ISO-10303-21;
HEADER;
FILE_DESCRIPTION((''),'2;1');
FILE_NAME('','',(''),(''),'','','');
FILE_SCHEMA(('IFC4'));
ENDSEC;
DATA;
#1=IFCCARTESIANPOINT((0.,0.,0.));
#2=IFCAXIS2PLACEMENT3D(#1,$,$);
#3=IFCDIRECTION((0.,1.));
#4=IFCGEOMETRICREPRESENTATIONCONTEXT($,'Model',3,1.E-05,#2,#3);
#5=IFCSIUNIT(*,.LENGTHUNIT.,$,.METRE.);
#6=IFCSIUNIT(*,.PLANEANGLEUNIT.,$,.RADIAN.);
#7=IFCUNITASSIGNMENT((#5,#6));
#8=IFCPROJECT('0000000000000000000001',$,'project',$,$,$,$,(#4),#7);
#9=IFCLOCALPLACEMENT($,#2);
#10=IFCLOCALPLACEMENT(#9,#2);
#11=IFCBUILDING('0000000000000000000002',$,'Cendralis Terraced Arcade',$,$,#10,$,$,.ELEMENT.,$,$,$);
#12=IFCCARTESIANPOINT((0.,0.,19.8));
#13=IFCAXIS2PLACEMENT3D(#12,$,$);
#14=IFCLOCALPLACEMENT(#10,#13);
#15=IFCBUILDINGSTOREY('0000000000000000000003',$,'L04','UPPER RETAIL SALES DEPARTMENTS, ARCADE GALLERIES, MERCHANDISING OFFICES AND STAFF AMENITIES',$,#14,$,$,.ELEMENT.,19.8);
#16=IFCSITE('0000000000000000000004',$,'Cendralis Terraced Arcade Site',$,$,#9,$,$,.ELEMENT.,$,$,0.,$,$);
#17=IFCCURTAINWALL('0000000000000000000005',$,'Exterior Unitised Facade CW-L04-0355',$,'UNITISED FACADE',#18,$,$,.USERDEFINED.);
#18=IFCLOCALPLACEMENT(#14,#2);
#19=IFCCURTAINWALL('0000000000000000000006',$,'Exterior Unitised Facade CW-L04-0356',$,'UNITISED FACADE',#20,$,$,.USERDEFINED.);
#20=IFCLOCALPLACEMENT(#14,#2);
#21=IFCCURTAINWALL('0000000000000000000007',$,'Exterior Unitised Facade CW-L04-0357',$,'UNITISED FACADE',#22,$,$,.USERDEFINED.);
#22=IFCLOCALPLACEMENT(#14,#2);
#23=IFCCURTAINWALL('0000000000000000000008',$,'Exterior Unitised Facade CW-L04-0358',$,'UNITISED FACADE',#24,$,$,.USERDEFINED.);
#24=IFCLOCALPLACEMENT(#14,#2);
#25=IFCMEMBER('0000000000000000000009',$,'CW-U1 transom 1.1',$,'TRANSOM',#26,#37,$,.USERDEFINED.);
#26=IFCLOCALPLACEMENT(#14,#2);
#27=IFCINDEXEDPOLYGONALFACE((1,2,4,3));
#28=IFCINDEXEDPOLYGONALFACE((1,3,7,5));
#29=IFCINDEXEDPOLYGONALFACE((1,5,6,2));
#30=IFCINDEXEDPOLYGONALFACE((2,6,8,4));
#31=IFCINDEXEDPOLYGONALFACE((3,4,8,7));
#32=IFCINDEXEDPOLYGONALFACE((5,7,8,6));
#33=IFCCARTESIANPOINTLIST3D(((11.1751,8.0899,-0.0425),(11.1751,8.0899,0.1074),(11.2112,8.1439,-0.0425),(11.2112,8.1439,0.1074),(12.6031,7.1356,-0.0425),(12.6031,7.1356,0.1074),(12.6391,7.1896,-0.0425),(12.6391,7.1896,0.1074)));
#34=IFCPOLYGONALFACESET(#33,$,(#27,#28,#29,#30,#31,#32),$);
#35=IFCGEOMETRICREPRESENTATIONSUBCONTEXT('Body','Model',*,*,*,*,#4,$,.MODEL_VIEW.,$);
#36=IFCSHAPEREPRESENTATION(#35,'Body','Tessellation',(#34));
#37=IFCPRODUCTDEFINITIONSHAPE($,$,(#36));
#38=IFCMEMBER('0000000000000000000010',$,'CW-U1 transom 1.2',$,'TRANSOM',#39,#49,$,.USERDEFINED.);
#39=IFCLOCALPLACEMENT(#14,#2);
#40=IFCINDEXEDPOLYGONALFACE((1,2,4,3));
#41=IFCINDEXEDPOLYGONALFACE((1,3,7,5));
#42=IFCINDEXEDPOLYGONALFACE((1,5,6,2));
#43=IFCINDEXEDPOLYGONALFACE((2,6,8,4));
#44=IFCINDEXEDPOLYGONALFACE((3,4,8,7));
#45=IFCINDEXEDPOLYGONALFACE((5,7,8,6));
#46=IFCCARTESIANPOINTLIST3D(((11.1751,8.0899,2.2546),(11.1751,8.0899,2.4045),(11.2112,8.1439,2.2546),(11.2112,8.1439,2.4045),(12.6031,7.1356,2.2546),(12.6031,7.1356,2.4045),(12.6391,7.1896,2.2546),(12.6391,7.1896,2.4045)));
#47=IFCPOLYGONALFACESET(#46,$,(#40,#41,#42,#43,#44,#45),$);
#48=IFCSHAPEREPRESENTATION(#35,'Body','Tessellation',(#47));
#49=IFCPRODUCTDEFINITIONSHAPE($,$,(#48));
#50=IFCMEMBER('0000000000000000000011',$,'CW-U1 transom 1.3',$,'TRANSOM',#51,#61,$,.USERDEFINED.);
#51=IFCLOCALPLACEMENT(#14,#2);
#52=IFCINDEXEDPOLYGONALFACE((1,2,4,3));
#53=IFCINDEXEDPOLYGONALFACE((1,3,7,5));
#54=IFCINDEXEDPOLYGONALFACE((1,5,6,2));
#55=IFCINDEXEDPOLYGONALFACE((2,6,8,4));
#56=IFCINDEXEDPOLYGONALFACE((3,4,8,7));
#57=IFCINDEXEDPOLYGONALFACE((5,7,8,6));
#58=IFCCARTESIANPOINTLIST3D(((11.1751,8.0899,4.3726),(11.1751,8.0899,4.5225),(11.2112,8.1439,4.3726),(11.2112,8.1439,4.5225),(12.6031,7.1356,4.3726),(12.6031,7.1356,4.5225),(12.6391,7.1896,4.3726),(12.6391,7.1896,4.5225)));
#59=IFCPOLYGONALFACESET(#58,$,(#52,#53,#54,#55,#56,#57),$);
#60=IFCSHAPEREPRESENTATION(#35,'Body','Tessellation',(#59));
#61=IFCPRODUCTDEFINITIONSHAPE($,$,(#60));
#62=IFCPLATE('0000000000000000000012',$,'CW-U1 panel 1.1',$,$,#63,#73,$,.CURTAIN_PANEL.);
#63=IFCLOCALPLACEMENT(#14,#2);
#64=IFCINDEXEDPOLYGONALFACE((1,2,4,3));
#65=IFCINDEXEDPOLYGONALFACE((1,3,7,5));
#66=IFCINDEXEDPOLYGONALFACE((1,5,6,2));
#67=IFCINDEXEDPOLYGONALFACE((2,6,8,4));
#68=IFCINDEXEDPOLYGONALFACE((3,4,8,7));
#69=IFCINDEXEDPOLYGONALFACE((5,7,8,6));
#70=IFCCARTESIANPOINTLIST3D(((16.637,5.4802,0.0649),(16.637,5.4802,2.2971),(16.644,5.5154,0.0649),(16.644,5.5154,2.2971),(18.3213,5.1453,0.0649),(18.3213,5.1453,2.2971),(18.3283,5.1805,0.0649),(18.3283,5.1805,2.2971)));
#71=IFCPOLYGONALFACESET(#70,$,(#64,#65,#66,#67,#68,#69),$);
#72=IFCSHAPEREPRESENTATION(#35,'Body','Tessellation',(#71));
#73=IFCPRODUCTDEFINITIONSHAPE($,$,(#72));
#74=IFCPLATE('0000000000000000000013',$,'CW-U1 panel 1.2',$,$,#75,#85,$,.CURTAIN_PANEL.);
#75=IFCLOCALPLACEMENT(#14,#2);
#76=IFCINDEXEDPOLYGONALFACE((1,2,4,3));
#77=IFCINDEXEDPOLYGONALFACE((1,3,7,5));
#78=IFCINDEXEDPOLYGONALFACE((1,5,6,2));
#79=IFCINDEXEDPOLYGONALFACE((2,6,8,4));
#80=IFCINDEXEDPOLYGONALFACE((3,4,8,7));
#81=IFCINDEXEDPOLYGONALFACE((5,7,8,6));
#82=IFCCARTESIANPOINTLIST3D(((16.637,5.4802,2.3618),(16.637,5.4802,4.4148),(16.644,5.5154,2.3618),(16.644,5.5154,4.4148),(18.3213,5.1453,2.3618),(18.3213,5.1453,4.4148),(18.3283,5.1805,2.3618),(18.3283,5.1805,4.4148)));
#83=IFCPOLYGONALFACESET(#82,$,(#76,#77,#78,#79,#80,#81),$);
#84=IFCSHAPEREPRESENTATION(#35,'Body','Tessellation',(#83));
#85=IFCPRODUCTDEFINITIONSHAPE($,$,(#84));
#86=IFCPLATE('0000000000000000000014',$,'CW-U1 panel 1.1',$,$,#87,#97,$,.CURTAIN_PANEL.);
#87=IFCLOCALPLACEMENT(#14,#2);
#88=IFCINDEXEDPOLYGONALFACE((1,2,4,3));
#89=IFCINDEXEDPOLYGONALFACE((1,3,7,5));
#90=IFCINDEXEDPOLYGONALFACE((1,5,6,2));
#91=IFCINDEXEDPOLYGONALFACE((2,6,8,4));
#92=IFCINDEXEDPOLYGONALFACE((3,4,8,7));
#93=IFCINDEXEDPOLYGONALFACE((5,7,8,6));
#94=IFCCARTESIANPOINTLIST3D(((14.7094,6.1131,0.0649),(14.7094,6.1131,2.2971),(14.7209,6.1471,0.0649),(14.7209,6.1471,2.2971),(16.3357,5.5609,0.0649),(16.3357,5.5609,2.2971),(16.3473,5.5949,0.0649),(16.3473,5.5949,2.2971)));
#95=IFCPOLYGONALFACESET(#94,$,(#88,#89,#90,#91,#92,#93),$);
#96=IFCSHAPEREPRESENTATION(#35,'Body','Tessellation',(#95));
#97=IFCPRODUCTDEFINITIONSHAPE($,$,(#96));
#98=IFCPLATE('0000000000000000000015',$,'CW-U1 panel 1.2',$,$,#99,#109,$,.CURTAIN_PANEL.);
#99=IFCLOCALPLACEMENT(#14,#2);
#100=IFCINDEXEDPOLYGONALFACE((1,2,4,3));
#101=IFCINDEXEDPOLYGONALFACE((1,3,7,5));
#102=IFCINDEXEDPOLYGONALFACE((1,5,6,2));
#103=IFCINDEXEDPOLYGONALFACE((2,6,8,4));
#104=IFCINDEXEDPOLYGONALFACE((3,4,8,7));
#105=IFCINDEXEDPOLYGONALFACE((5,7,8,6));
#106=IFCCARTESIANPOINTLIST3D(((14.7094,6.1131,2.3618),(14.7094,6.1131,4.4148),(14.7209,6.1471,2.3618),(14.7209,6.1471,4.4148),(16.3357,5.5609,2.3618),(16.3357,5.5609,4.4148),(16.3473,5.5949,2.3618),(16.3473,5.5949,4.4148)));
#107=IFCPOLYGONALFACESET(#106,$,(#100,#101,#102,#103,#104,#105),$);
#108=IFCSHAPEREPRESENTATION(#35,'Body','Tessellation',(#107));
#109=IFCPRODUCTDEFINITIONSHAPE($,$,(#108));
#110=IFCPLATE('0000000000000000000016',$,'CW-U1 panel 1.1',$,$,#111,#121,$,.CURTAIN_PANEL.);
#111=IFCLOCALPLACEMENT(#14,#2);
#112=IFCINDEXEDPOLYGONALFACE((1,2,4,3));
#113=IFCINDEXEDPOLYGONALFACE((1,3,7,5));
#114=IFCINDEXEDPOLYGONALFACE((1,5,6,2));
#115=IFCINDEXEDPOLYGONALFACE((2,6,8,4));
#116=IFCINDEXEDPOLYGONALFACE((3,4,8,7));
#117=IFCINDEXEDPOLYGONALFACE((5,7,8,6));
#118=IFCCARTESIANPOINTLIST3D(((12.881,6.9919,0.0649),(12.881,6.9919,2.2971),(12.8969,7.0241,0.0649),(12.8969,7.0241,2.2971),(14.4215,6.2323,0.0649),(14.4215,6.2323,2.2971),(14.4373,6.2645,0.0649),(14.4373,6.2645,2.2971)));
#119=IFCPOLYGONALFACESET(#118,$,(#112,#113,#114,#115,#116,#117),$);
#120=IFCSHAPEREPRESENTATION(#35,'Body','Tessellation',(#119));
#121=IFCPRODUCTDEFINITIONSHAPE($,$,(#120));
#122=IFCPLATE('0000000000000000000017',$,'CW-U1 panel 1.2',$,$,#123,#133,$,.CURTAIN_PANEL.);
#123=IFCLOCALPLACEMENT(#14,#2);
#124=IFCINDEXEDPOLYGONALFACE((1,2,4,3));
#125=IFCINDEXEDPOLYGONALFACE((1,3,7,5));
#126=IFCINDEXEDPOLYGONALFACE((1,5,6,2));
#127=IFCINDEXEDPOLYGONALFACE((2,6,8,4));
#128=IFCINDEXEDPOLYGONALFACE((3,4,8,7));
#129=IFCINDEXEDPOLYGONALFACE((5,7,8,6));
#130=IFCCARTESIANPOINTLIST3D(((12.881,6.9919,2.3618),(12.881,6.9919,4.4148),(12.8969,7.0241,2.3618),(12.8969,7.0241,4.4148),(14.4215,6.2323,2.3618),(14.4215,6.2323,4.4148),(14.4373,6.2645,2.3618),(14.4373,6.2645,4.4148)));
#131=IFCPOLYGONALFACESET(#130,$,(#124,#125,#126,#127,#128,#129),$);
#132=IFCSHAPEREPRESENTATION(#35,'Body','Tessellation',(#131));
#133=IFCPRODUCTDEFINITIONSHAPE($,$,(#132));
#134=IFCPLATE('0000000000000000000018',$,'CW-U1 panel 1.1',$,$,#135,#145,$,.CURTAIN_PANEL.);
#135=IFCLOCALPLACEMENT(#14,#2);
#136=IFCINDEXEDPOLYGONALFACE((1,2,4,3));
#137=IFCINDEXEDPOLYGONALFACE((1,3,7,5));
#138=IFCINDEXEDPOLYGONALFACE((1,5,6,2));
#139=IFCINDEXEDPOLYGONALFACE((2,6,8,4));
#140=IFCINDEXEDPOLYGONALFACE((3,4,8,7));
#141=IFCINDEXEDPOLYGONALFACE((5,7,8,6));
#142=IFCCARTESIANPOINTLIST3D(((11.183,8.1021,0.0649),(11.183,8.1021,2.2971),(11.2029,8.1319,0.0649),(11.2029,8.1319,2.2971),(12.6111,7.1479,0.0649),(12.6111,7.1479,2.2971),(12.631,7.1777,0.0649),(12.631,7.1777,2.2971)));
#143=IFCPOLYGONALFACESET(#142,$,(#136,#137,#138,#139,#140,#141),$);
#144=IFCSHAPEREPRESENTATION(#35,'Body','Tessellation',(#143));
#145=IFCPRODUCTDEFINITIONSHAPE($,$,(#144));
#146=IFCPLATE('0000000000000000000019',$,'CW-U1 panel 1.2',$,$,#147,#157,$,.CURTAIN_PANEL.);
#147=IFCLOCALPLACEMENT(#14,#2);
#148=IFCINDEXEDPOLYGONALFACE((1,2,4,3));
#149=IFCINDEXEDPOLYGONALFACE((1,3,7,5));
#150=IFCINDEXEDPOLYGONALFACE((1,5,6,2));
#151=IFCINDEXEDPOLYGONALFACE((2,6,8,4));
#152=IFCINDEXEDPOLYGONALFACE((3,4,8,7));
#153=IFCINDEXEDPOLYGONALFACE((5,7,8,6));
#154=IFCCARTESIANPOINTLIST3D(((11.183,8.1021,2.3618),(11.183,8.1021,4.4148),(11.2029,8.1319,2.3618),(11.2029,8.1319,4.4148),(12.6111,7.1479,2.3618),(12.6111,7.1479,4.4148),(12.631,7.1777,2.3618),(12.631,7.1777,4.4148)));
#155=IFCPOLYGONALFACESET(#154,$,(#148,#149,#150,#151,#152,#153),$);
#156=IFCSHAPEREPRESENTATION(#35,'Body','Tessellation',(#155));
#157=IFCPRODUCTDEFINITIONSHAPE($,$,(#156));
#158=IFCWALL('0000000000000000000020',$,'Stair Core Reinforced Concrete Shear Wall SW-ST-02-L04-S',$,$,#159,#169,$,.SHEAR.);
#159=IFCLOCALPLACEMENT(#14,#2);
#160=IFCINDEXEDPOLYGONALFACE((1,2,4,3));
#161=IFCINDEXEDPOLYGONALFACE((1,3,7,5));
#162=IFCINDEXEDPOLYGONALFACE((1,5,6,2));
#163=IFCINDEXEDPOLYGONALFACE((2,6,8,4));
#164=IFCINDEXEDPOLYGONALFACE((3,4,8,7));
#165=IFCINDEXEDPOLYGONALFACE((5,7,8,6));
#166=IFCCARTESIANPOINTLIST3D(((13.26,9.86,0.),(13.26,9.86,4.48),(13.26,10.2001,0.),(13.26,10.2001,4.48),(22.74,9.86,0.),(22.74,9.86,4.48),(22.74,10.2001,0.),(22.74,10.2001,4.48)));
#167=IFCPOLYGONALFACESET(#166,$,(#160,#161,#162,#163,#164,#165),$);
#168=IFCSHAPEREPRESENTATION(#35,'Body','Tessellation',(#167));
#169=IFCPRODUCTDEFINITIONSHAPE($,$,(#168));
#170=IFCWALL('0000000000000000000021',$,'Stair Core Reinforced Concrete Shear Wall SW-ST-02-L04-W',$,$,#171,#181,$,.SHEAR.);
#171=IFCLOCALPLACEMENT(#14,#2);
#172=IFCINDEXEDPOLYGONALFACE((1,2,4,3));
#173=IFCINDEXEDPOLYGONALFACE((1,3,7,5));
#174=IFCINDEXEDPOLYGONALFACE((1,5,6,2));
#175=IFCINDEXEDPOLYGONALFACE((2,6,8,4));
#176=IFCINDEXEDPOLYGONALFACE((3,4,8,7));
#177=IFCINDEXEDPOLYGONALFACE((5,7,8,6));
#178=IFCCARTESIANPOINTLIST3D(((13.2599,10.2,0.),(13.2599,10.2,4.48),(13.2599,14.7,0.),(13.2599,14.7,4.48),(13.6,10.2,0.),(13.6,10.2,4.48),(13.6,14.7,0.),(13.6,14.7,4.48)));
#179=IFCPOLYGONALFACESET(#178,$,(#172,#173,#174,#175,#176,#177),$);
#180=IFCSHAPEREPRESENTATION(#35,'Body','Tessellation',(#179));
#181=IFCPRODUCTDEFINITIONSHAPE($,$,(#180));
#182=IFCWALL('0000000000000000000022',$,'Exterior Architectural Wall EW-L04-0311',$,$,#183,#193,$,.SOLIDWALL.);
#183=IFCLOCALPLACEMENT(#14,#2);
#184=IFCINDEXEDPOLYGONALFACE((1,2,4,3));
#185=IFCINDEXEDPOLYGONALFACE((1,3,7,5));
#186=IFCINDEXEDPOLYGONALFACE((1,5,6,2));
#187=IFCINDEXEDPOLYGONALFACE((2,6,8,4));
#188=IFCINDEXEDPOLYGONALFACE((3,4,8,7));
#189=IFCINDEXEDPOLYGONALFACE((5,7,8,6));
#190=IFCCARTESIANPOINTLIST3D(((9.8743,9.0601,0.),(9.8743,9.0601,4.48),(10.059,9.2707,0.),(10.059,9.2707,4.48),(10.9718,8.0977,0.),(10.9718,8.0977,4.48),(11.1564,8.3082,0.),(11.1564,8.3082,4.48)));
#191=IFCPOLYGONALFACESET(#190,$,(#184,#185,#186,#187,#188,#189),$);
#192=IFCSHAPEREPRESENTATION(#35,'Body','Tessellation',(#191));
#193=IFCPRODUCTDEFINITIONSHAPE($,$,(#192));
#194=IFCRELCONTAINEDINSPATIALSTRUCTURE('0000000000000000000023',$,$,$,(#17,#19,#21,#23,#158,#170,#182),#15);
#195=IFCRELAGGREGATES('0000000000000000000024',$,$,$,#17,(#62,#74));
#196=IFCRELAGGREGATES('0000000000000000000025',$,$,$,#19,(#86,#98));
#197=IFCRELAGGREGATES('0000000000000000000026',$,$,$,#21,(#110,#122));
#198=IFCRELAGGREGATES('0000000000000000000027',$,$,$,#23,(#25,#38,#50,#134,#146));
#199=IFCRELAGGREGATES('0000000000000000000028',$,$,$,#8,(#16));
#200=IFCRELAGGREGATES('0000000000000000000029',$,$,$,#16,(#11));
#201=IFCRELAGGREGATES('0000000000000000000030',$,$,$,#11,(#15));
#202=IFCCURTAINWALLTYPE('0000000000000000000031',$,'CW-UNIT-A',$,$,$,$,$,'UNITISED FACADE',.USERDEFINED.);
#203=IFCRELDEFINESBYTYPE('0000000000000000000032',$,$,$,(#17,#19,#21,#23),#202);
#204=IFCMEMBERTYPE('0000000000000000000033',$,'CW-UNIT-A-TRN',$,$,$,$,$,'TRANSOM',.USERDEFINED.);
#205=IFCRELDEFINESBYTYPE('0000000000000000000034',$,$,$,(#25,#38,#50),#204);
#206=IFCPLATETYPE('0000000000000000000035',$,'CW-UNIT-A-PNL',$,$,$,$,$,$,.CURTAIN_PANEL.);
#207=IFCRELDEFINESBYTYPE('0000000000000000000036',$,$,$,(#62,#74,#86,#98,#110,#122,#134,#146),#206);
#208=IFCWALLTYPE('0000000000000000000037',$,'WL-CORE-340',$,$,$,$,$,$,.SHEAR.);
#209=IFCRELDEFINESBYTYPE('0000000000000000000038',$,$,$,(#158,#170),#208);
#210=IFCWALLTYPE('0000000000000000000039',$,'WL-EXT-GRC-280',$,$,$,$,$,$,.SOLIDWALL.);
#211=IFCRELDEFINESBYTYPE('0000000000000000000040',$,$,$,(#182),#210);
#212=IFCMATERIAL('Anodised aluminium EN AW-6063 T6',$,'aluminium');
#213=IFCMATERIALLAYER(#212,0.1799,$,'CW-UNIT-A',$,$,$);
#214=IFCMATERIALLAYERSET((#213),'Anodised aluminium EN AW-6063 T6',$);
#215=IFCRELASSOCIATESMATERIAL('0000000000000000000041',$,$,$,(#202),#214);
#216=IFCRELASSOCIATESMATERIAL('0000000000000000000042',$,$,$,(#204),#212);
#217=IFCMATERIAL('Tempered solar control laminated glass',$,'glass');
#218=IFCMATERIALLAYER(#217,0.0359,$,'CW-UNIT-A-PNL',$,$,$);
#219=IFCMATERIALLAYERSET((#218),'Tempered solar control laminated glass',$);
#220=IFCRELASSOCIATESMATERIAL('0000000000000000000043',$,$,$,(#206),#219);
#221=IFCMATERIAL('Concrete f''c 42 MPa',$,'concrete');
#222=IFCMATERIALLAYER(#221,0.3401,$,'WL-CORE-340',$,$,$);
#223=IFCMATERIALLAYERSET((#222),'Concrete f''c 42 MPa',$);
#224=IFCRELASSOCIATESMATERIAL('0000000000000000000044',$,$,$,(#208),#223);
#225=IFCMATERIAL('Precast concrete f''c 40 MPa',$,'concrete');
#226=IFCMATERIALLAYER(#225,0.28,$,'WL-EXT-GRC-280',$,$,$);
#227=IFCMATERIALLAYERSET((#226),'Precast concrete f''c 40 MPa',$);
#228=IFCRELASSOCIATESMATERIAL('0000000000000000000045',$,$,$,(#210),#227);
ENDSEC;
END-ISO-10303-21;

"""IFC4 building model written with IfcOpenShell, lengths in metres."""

from ifc_helpers import new_model, si_unit, direction, frame, frame_2d, origin, origin_2d, place, context, subcontext, project, spatial, rectangle, extrude, material, layer, layer_set, material_profile, profile_set, type_object, element, aggregate, save


model = new_model("IFC4")

# Units and contexts
model_context = context("Model", 3, precision=1e-05, world=origin(), true_north=direction((0.0, 1.0)))
body_context = subcontext(model_context, "Body", "Model", "MODEL_VIEW")
ifc_project = project(units=[si_unit("LENGTHUNIT", "METRE"), si_unit("PLANEANGLEUNIT", "RADIAN")], contexts=[model_context])

# Site, building, storey
site_placement = place(None, origin())
site = spatial("IfcSite", under=ifc_project, at=site_placement, Name="Cendralis Terraced Arcade Site", CompositionType="ELEMENT", RefElevation=0.0)
building_placement = place(site_placement, origin())
building = spatial("IfcBuilding", under=site, at=building_placement, Name="Cendralis Terraced Arcade", CompositionType="ELEMENT")
storey_placement = place(building_placement, frame((0.0, 0.0, 19.8)))
storey = spatial("IfcBuildingStorey", under=building, at=storey_placement, Name="L04", Description="UPPER RETAIL SALES DEPARTMENTS, ARCADE GALLERIES, MERCHANDISING OFFICES AND STAFF AMENITIES", CompositionType="ELEMENT", Elevation=19.8)

# Curtain wall
ifc_material_1 = material(Name="Anodised aluminium EN AW-6063 T6", Category="aluminium")
ifc_layer_1 = layer(ifc_material_1, 0.1799, Name="CW-UNIT-A")
ifc_layer_set_1 = layer_set([ifc_layer_1], Name="Anodised aluminium EN AW-6063 T6")
curtain_wall_type = type_object("IfcCurtainWallType", Name="CW-UNIT-A", ElementType="UNITISED FACADE", PredefinedType="USERDEFINED", material=ifc_layer_set_1)
curtain_wall_1_placement = place(storey_placement, origin())
curtain_wall_1 = element("IfcCurtainWall", 1, at=curtain_wall_1_placement, inside=storey, type_object=curtain_wall_type, Name="Exterior Unitised Facade CW-L04-0355", ObjectType="UNITISED FACADE", PredefinedType="USERDEFINED")

# Curtain walls
curtain_wall_2_placement = place(storey_placement, origin())
curtain_wall_2 = element("IfcCurtainWall", 2, at=curtain_wall_2_placement, inside=storey, type_object=curtain_wall_type, Name="Exterior Unitised Facade CW-L04-0356", ObjectType="UNITISED FACADE", PredefinedType="USERDEFINED")
curtain_wall_3_placement = place(storey_placement, origin())
curtain_wall_3 = element("IfcCurtainWall", 3, at=curtain_wall_3_placement, inside=storey, type_object=curtain_wall_type, Name="Exterior Unitised Facade CW-L04-0357", ObjectType="UNITISED FACADE", PredefinedType="USERDEFINED")
curtain_wall_4_placement = place(storey_placement, origin())
curtain_wall_4 = element("IfcCurtainWall", 4, at=curtain_wall_4_placement, inside=storey, type_object=curtain_wall_type, Name="Exterior Unitised Facade CW-L04-0358", ObjectType="UNITISED FACADE", PredefinedType="USERDEFINED")

# Members
ifc_material_profile_1 = material_profile(ifc_material_1, rectangle(XDim=0.0649, YDim=0.1499, at=origin_2d()), Name="ALU-TRN-65x150")
ifc_profile_set_1 = profile_set([ifc_material_profile_1], Name="Anodised aluminium EN AW-6063 T6")
member_type_1 = type_object("IfcMemberType", Name="CW-UNIT-A-TRN", ElementType="TRANSOM", PredefinedType="USERDEFINED", material=ifc_profile_set_1)
member_1_placement = place(storey_placement, frame((12.6211, 7.1626, 0.0325), z_axis=(-0.831416, 0.555651, 0.0), x_axis=(-0.555651, -0.831416, 0.0)))
member_1 = element("IfcMember", 5, at=member_1_placement, type_object=member_type_1, Name="CW-U1 transom 1.1", ObjectType="TRANSOM", PredefinedType="USERDEFINED", context=body_context, shape_type="SweptSolid", body=[
    extrude(rectangle(XDim=0.0649, YDim=0.1499, at=origin_2d()), origin(), (0.0, 0.0, 1.0), 1.7175),
])
member_2_placement = place(storey_placement, frame((12.6211, 7.1626, 2.3296), z_axis=(-0.831416, 0.555651, 0.0), x_axis=(-0.555651, -0.831416, 0.0)))
member_2 = element("IfcMember", 6, at=member_2_placement, type_object=member_type_1, Name="CW-U1 transom 1.2", ObjectType="TRANSOM", PredefinedType="USERDEFINED", context=body_context, shape_type="SweptSolid", body=[
    extrude(rectangle(XDim=0.0649, YDim=0.1499, at=origin_2d()), origin(), (0.0, 0.0, 1.0), 1.7175),
])
member_3_placement = place(storey_placement, frame((12.6211, 7.1626, 4.4475), z_axis=(-0.831416, 0.555651, 0.0), x_axis=(-0.555651, -0.831416, 0.0)))
member_3 = element("IfcMember", 7, at=member_3_placement, type_object=member_type_1, Name="CW-U1 transom 1.3", ObjectType="TRANSOM", PredefinedType="USERDEFINED", context=body_context, shape_type="SweptSolid", body=[
    extrude(rectangle(XDim=0.0649, YDim=0.1499, at=origin_2d()), origin(), (0.0, 0.0, 1.0), 1.7175),
])

# Plates
ifc_material_2 = material(Name="Tempered solar control laminated glass", Category="glass")
ifc_layer_2 = layer(ifc_material_2, 0.0359, Name="CW-UNIT-A-PNL")
ifc_layer_set_2 = layer_set([ifc_layer_2], Name="Tempered solar control laminated glass")
plate_type = type_object("IfcPlateType", Name="CW-UNIT-A-PNL", PredefinedType="CURTAIN_PANEL", material=ifc_layer_set_2)
plate_1_placement = place(storey_placement, frame((17.4827, 5.3303, 0.0649), z_axis=(0.0, 0.0, 1.0), x_axis=(-0.980797, 0.195033, 0.0)))
plate_1 = element("IfcPlate", 8, at=plate_1_placement, type_object=plate_type, Name="CW-U1 panel 1.1", PredefinedType="CURTAIN_PANEL", context=body_context, shape_type="SweptSolid", body=[
    extrude(rectangle(XDim=1.7173, YDim=0.0359, at=origin_2d()), origin(), (0.0, 0.0, 1.0), 2.2322),
])
plate_2_placement = place(storey_placement, frame((17.4827, 5.3303, 2.3618), z_axis=(0.0, 0.0, 1.0), x_axis=(-0.980797, 0.195033, 0.0)))
plate_2 = element("IfcPlate", 9, at=plate_2_placement, type_object=plate_type, Name="CW-U1 panel 1.2", PredefinedType="CURTAIN_PANEL", context=body_context, shape_type="SweptSolid", body=[
    extrude(rectangle(XDim=1.7173, YDim=0.0359, at=origin_2d()), origin(), (0.0, 0.0, 1.0), 2.053),
])
aggregate(curtain_wall_1, [plate_1, plate_2])
plate_3_placement = place(storey_placement, frame((15.5283, 5.854, 0.0649), z_axis=(0.0, 0.0, 1.0), x_axis=(-0.94691, 0.3215, 0.0)))
plate_3 = element("IfcPlate", 10, at=plate_3_placement, type_object=plate_type, Name="CW-U1 panel 1.1", PredefinedType="CURTAIN_PANEL", context=body_context, shape_type="SweptSolid", body=[
    extrude(rectangle(XDim=1.7175, YDim=0.0359, at=origin_2d()), origin(), (0.0, 0.0, 1.0), 2.2322),
])
plate_4_placement = place(storey_placement, frame((15.5283, 5.854, 2.3618), z_axis=(0.0, 0.0, 1.0), x_axis=(-0.94691, 0.3215, 0.0)))
plate_4 = element("IfcPlate", 11, at=plate_4_placement, type_object=plate_type, Name="CW-U1 panel 1.2", PredefinedType="CURTAIN_PANEL", context=body_context, shape_type="SweptSolid", body=[
    extrude(rectangle(XDim=1.7175, YDim=0.0359, at=origin_2d()), origin(), (0.0, 0.0, 1.0), 2.053),
])
aggregate(curtain_wall_2, [plate_3, plate_4])
plate_5_placement = place(storey_placement, frame((13.6592, 6.6282, 0.0649), z_axis=(0.0, 0.0, 1.0), x_axis=(-0.896882, 0.44227, 0.0)))
plate_5 = element("IfcPlate", 12, at=plate_5_placement, type_object=plate_type, Name="CW-U1 panel 1.1", PredefinedType="CURTAIN_PANEL", context=body_context, shape_type="SweptSolid", body=[
    extrude(rectangle(XDim=1.7175, YDim=0.0359, at=origin_2d()), origin(), (0.0, 0.0, 1.0), 2.2322),
])
plate_6_placement = place(storey_placement, frame((13.6592, 6.6282, 2.3618), z_axis=(0.0, 0.0, 1.0), x_axis=(-0.896882, 0.44227, 0.0)))
plate_6 = element("IfcPlate", 13, at=plate_6_placement, type_object=plate_type, Name="CW-U1 panel 1.2", PredefinedType="CURTAIN_PANEL", context=body_context, shape_type="SweptSolid", body=[
    extrude(rectangle(XDim=1.7175, YDim=0.0359, at=origin_2d()), origin(), (0.0, 0.0, 1.0), 2.053),
])
aggregate(curtain_wall_3, [plate_5, plate_6])
plate_7_placement = place(storey_placement, frame((11.907, 7.6399, 0.0649), z_axis=(0.0, 0.0, 1.0), x_axis=(-0.831484, 0.555549, 0.0)))
plate_7 = element("IfcPlate", 14, at=plate_7_placement, type_object=plate_type, Name="CW-U1 panel 1.1", PredefinedType="CURTAIN_PANEL", context=body_context, shape_type="SweptSolid", body=[
    extrude(rectangle(XDim=1.7175, YDim=0.0359, at=origin_2d()), origin(), (0.0, 0.0, 1.0), 2.2322),
])
plate_8_placement = place(storey_placement, frame((11.907, 7.6399, 2.3618), z_axis=(0.0, 0.0, 1.0), x_axis=(-0.831484, 0.555549, 0.0)))
plate_8 = element("IfcPlate", 15, at=plate_8_placement, type_object=plate_type, Name="CW-U1 panel 1.2", PredefinedType="CURTAIN_PANEL", context=body_context, shape_type="SweptSolid", body=[
    extrude(rectangle(XDim=1.7175, YDim=0.0359, at=origin_2d()), origin(), (0.0, 0.0, 1.0), 2.053),
])
aggregate(curtain_wall_4, [member_1, member_2, member_3, plate_7, plate_8])

# Walls
ifc_material_3 = material(Name="Concrete f'c 42 MPa", Category="concrete")
ifc_layer_3 = layer(ifc_material_3, 0.3401, Name="WL-CORE-340")
ifc_layer_set_3 = layer_set([ifc_layer_3], Name="Concrete f'c 42 MPa")
wall_type_1 = type_object("IfcWallType", Name="WL-CORE-340", PredefinedType="SHEAR", material=ifc_layer_set_3)
wall_1_placement = place(storey_placement, frame((13.26, 10.03, 0.0), z_axis=(0.0, 0.0, 1.0), x_axis=(1.0, 0.0, 0.0)))
element("IfcWall", 16, at=wall_1_placement, inside=storey, type_object=wall_type_1, Name="Stair Core Reinforced Concrete Shear Wall SW-ST-02-L04-S", PredefinedType="SHEAR", context=body_context, shape_type="SweptSolid", body=[
    extrude(rectangle(XDim=9.48, YDim=0.3401, at=frame_2d((4.74, 0.0))), origin(), (0.0, 0.0, 1.0), 4.48),
])
wall_2_placement = place(storey_placement, frame((13.4299, 10.2, 0.0), z_axis=(0.0, 0.0, 1.0), x_axis=(0.0, 1.0, 0.0)))
element("IfcWall", 17, at=wall_2_placement, inside=storey, type_object=wall_type_1, Name="Stair Core Reinforced Concrete Shear Wall SW-ST-02-L04-W", PredefinedType="SHEAR", context=body_context, shape_type="SweptSolid", body=[
    extrude(rectangle(XDim=4.5, YDim=0.3401, at=frame_2d((2.25, 0.0))), origin(), (0.0, 0.0, 1.0), 4.48),
])
ifc_material_4 = material(Name="Precast concrete f'c 40 MPa", Category="concrete")
ifc_layer_4 = layer(ifc_material_4, 0.28, Name="WL-EXT-GRC-280")
ifc_layer_set_4 = layer_set([ifc_layer_4], Name="Precast concrete f'c 40 MPa")
wall_type_2 = type_object("IfcWallType", Name="WL-EXT-GRC-280", PredefinedType="SOLIDWALL", material=ifc_layer_set_4)
wall_3_placement = place(storey_placement, frame((11.0642, 8.2029, 0.0), z_axis=(0.0, 0.0, 1.0), x_axis=(-0.751841, 0.659345, 0.0)))
element("IfcWall", 18, at=wall_3_placement, inside=storey, type_object=wall_type_2, Name="Exterior Architectural Wall EW-L04-0311", PredefinedType="SOLIDWALL", context=body_context, shape_type="SweptSolid", body=[
    extrude(rectangle(XDim=1.4597, YDim=0.28, at=frame_2d((0.73, 0.0))), origin(), (0.0, 0.0, 1.0), 4.48),
])

save(model, "model.ifc")
